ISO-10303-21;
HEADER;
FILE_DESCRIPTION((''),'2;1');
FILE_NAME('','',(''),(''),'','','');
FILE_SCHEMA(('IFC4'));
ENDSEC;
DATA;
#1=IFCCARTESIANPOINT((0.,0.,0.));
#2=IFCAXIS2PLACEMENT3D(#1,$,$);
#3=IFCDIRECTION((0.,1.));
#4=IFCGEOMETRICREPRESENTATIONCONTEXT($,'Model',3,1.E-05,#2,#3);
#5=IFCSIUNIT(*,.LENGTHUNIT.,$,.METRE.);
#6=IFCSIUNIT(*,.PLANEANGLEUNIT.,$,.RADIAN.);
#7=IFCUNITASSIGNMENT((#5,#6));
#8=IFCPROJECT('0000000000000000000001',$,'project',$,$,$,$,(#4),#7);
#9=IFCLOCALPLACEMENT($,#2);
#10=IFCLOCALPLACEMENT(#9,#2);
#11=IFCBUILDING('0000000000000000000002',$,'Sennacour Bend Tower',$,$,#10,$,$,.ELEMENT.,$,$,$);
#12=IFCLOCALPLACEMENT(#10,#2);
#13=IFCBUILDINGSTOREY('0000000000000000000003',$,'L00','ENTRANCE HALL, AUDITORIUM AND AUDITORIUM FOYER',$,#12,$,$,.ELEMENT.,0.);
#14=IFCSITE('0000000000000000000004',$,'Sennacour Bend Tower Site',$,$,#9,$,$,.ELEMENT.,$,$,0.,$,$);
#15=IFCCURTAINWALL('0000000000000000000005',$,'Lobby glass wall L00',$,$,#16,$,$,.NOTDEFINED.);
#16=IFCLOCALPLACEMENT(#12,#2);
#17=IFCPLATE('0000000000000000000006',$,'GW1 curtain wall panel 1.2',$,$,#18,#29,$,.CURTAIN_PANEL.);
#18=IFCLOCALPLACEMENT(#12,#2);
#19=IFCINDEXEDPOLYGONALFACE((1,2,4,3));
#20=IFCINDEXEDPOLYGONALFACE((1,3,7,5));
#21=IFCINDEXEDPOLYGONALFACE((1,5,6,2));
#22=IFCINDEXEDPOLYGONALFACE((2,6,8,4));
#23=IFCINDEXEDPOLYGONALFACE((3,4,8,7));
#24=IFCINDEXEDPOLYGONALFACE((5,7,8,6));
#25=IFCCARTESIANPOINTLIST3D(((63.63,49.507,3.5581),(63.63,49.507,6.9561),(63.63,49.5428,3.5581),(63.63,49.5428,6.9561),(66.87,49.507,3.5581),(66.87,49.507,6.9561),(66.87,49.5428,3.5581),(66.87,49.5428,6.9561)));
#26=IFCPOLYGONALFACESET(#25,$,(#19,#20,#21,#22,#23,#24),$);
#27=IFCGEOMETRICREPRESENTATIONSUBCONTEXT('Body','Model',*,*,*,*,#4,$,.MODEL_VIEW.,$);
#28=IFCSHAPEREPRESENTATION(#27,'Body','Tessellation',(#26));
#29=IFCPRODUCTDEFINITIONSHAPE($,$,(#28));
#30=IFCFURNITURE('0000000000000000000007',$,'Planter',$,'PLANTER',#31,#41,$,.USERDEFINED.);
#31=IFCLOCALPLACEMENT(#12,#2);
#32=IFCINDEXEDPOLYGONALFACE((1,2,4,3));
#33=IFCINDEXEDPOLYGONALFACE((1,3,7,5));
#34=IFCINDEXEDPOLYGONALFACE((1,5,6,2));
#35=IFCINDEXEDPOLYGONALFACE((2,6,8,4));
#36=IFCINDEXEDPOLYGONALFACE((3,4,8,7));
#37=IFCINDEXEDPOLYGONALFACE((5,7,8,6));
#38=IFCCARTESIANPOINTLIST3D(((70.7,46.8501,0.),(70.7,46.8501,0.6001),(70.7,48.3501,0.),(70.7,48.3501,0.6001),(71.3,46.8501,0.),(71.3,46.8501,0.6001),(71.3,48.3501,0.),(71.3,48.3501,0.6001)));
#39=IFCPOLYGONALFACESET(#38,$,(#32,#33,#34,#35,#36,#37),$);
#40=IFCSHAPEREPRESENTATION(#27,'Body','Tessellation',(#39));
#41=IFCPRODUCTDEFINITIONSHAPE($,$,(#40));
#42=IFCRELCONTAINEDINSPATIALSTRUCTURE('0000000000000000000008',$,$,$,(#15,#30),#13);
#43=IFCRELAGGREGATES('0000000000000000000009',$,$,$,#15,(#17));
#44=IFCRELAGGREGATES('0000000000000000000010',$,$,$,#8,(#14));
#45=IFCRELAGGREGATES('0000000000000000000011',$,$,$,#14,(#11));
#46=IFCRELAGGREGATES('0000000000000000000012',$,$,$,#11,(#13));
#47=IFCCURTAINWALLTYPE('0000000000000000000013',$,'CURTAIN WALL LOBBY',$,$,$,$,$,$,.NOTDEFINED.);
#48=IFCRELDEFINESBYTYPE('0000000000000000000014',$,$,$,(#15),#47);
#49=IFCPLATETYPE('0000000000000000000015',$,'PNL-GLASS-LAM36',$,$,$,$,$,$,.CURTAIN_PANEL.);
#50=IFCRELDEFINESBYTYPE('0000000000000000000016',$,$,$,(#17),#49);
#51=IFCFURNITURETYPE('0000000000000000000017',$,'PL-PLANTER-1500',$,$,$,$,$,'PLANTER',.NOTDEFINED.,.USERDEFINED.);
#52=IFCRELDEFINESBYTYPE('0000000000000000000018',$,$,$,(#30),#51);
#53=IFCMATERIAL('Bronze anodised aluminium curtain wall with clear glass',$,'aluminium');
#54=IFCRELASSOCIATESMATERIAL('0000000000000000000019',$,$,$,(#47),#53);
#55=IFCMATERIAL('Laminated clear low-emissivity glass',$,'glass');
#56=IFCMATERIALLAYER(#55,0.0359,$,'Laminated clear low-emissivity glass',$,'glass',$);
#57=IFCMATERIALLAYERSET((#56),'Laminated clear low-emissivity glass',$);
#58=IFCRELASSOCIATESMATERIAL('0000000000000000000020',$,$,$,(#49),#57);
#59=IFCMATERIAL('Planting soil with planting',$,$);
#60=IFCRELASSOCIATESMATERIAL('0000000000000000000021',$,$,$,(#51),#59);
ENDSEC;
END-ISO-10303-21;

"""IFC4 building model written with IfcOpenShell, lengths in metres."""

from ifc_helpers import new_model, si_unit, direction, frame, origin, origin_2d, place, context, subcontext, project, spatial, rectangle, extrude, material, layer, layer_set, type_object, element, aggregate, save


model = new_model("IFC4")

# Units and contexts
model_context = context("Model", 3, precision=1e-05, world=origin(), true_north=direction((0.0, 1.0)))
body_context = subcontext(model_context, "Body", "Model", "MODEL_VIEW")
ifc_project = project(units=[si_unit("LENGTHUNIT", "METRE"), si_unit("PLANEANGLEUNIT", "RADIAN")], contexts=[model_context])

# Site, building, storey
site_placement = place(None, origin())
site = spatial("IfcSite", under=ifc_project, at=site_placement, Name="Sennacour Bend Tower Site", CompositionType="ELEMENT", RefElevation=0.0)
building_placement = place(site_placement, origin())
building = spatial("IfcBuilding", under=site, at=building_placement, Name="Sennacour Bend Tower", CompositionType="ELEMENT")
storey_placement = place(building_placement, origin())
storey = spatial("IfcBuildingStorey", under=building, at=storey_placement, Name="L00", Description="ENTRANCE HALL, AUDITORIUM AND AUDITORIUM FOYER", CompositionType="ELEMENT", Elevation=0.0)

# Shared definitions
ifc_material_1 = material(Name="Bronze anodised aluminium curtain wall with clear glass", Category="aluminium")
curtain_wall_type = type_object("IfcCurtainWallType", Name="CURTAIN WALL LOBBY", PredefinedType="NOTDEFINED", material=ifc_material_1)

# Curtain wall
curtain_wall_1_placement = place(storey_placement, origin())
curtain_wall_1 = element("IfcCurtainWall", 1, at=curtain_wall_1_placement, inside=storey, type_object=curtain_wall_type, Name="Lobby glass wall L00", PredefinedType="NOTDEFINED")

# Plate
ifc_material_2 = material(Name="Laminated clear low-emissivity glass", Category="glass")
ifc_layer_1 = layer(ifc_material_2, 0.0359, Name="Laminated clear low-emissivity glass", Category="glass")
ifc_layer_set_1 = layer_set([ifc_layer_1], Name="Laminated clear low-emissivity glass")
plate_type = type_object("IfcPlateType", Name="PNL-GLASS-LAM36", PredefinedType="CURTAIN_PANEL", material=ifc_layer_set_1)
plate_1_placement = place(storey_placement, frame((65.25, 49.5249, 3.5581), z_axis=(0.0, 0.0, 1.0), x_axis=(-1.0, 0.0, 0.0)))
plate_1 = element("IfcPlate", 2, at=plate_1_placement, type_object=plate_type, Name="GW1 curtain wall panel 1.2", PredefinedType="CURTAIN_PANEL", context=body_context, shape_type="SweptSolid", body=[
    extrude(rectangle(XDim=3.24, YDim=0.0359, at=origin_2d()), origin(), (0.0, 0.0, 1.0), 3.3979),
])
aggregate(curtain_wall_1, [plate_1])

# Furniture
ifc_material_3 = material(Name="Planting soil with planting")
furniture_type = type_object("IfcFurnitureType", Name="PL-PLANTER-1500", ElementType="PLANTER", AssemblyPlace="NOTDEFINED", PredefinedType="USERDEFINED", material=ifc_material_3)
furniture_placement = place(storey_placement, frame((71.0, 47.6001, 0.0), z_axis=(0.0, 0.0, 1.0), x_axis=(1.0, 0.0, 0.0)))
element("IfcFurniture", 3, at=furniture_placement, inside=storey, type_object=furniture_type, Name="Planter", ObjectType="PLANTER", PredefinedType="USERDEFINED", context=body_context, shape_type="SweptSolid", body=[
    extrude(rectangle(XDim=0.6001, YDim=1.5, at=origin_2d()), origin(), (0.0, 0.0, 1.0), 0.6001),
])

save(model, "model.ifc")
